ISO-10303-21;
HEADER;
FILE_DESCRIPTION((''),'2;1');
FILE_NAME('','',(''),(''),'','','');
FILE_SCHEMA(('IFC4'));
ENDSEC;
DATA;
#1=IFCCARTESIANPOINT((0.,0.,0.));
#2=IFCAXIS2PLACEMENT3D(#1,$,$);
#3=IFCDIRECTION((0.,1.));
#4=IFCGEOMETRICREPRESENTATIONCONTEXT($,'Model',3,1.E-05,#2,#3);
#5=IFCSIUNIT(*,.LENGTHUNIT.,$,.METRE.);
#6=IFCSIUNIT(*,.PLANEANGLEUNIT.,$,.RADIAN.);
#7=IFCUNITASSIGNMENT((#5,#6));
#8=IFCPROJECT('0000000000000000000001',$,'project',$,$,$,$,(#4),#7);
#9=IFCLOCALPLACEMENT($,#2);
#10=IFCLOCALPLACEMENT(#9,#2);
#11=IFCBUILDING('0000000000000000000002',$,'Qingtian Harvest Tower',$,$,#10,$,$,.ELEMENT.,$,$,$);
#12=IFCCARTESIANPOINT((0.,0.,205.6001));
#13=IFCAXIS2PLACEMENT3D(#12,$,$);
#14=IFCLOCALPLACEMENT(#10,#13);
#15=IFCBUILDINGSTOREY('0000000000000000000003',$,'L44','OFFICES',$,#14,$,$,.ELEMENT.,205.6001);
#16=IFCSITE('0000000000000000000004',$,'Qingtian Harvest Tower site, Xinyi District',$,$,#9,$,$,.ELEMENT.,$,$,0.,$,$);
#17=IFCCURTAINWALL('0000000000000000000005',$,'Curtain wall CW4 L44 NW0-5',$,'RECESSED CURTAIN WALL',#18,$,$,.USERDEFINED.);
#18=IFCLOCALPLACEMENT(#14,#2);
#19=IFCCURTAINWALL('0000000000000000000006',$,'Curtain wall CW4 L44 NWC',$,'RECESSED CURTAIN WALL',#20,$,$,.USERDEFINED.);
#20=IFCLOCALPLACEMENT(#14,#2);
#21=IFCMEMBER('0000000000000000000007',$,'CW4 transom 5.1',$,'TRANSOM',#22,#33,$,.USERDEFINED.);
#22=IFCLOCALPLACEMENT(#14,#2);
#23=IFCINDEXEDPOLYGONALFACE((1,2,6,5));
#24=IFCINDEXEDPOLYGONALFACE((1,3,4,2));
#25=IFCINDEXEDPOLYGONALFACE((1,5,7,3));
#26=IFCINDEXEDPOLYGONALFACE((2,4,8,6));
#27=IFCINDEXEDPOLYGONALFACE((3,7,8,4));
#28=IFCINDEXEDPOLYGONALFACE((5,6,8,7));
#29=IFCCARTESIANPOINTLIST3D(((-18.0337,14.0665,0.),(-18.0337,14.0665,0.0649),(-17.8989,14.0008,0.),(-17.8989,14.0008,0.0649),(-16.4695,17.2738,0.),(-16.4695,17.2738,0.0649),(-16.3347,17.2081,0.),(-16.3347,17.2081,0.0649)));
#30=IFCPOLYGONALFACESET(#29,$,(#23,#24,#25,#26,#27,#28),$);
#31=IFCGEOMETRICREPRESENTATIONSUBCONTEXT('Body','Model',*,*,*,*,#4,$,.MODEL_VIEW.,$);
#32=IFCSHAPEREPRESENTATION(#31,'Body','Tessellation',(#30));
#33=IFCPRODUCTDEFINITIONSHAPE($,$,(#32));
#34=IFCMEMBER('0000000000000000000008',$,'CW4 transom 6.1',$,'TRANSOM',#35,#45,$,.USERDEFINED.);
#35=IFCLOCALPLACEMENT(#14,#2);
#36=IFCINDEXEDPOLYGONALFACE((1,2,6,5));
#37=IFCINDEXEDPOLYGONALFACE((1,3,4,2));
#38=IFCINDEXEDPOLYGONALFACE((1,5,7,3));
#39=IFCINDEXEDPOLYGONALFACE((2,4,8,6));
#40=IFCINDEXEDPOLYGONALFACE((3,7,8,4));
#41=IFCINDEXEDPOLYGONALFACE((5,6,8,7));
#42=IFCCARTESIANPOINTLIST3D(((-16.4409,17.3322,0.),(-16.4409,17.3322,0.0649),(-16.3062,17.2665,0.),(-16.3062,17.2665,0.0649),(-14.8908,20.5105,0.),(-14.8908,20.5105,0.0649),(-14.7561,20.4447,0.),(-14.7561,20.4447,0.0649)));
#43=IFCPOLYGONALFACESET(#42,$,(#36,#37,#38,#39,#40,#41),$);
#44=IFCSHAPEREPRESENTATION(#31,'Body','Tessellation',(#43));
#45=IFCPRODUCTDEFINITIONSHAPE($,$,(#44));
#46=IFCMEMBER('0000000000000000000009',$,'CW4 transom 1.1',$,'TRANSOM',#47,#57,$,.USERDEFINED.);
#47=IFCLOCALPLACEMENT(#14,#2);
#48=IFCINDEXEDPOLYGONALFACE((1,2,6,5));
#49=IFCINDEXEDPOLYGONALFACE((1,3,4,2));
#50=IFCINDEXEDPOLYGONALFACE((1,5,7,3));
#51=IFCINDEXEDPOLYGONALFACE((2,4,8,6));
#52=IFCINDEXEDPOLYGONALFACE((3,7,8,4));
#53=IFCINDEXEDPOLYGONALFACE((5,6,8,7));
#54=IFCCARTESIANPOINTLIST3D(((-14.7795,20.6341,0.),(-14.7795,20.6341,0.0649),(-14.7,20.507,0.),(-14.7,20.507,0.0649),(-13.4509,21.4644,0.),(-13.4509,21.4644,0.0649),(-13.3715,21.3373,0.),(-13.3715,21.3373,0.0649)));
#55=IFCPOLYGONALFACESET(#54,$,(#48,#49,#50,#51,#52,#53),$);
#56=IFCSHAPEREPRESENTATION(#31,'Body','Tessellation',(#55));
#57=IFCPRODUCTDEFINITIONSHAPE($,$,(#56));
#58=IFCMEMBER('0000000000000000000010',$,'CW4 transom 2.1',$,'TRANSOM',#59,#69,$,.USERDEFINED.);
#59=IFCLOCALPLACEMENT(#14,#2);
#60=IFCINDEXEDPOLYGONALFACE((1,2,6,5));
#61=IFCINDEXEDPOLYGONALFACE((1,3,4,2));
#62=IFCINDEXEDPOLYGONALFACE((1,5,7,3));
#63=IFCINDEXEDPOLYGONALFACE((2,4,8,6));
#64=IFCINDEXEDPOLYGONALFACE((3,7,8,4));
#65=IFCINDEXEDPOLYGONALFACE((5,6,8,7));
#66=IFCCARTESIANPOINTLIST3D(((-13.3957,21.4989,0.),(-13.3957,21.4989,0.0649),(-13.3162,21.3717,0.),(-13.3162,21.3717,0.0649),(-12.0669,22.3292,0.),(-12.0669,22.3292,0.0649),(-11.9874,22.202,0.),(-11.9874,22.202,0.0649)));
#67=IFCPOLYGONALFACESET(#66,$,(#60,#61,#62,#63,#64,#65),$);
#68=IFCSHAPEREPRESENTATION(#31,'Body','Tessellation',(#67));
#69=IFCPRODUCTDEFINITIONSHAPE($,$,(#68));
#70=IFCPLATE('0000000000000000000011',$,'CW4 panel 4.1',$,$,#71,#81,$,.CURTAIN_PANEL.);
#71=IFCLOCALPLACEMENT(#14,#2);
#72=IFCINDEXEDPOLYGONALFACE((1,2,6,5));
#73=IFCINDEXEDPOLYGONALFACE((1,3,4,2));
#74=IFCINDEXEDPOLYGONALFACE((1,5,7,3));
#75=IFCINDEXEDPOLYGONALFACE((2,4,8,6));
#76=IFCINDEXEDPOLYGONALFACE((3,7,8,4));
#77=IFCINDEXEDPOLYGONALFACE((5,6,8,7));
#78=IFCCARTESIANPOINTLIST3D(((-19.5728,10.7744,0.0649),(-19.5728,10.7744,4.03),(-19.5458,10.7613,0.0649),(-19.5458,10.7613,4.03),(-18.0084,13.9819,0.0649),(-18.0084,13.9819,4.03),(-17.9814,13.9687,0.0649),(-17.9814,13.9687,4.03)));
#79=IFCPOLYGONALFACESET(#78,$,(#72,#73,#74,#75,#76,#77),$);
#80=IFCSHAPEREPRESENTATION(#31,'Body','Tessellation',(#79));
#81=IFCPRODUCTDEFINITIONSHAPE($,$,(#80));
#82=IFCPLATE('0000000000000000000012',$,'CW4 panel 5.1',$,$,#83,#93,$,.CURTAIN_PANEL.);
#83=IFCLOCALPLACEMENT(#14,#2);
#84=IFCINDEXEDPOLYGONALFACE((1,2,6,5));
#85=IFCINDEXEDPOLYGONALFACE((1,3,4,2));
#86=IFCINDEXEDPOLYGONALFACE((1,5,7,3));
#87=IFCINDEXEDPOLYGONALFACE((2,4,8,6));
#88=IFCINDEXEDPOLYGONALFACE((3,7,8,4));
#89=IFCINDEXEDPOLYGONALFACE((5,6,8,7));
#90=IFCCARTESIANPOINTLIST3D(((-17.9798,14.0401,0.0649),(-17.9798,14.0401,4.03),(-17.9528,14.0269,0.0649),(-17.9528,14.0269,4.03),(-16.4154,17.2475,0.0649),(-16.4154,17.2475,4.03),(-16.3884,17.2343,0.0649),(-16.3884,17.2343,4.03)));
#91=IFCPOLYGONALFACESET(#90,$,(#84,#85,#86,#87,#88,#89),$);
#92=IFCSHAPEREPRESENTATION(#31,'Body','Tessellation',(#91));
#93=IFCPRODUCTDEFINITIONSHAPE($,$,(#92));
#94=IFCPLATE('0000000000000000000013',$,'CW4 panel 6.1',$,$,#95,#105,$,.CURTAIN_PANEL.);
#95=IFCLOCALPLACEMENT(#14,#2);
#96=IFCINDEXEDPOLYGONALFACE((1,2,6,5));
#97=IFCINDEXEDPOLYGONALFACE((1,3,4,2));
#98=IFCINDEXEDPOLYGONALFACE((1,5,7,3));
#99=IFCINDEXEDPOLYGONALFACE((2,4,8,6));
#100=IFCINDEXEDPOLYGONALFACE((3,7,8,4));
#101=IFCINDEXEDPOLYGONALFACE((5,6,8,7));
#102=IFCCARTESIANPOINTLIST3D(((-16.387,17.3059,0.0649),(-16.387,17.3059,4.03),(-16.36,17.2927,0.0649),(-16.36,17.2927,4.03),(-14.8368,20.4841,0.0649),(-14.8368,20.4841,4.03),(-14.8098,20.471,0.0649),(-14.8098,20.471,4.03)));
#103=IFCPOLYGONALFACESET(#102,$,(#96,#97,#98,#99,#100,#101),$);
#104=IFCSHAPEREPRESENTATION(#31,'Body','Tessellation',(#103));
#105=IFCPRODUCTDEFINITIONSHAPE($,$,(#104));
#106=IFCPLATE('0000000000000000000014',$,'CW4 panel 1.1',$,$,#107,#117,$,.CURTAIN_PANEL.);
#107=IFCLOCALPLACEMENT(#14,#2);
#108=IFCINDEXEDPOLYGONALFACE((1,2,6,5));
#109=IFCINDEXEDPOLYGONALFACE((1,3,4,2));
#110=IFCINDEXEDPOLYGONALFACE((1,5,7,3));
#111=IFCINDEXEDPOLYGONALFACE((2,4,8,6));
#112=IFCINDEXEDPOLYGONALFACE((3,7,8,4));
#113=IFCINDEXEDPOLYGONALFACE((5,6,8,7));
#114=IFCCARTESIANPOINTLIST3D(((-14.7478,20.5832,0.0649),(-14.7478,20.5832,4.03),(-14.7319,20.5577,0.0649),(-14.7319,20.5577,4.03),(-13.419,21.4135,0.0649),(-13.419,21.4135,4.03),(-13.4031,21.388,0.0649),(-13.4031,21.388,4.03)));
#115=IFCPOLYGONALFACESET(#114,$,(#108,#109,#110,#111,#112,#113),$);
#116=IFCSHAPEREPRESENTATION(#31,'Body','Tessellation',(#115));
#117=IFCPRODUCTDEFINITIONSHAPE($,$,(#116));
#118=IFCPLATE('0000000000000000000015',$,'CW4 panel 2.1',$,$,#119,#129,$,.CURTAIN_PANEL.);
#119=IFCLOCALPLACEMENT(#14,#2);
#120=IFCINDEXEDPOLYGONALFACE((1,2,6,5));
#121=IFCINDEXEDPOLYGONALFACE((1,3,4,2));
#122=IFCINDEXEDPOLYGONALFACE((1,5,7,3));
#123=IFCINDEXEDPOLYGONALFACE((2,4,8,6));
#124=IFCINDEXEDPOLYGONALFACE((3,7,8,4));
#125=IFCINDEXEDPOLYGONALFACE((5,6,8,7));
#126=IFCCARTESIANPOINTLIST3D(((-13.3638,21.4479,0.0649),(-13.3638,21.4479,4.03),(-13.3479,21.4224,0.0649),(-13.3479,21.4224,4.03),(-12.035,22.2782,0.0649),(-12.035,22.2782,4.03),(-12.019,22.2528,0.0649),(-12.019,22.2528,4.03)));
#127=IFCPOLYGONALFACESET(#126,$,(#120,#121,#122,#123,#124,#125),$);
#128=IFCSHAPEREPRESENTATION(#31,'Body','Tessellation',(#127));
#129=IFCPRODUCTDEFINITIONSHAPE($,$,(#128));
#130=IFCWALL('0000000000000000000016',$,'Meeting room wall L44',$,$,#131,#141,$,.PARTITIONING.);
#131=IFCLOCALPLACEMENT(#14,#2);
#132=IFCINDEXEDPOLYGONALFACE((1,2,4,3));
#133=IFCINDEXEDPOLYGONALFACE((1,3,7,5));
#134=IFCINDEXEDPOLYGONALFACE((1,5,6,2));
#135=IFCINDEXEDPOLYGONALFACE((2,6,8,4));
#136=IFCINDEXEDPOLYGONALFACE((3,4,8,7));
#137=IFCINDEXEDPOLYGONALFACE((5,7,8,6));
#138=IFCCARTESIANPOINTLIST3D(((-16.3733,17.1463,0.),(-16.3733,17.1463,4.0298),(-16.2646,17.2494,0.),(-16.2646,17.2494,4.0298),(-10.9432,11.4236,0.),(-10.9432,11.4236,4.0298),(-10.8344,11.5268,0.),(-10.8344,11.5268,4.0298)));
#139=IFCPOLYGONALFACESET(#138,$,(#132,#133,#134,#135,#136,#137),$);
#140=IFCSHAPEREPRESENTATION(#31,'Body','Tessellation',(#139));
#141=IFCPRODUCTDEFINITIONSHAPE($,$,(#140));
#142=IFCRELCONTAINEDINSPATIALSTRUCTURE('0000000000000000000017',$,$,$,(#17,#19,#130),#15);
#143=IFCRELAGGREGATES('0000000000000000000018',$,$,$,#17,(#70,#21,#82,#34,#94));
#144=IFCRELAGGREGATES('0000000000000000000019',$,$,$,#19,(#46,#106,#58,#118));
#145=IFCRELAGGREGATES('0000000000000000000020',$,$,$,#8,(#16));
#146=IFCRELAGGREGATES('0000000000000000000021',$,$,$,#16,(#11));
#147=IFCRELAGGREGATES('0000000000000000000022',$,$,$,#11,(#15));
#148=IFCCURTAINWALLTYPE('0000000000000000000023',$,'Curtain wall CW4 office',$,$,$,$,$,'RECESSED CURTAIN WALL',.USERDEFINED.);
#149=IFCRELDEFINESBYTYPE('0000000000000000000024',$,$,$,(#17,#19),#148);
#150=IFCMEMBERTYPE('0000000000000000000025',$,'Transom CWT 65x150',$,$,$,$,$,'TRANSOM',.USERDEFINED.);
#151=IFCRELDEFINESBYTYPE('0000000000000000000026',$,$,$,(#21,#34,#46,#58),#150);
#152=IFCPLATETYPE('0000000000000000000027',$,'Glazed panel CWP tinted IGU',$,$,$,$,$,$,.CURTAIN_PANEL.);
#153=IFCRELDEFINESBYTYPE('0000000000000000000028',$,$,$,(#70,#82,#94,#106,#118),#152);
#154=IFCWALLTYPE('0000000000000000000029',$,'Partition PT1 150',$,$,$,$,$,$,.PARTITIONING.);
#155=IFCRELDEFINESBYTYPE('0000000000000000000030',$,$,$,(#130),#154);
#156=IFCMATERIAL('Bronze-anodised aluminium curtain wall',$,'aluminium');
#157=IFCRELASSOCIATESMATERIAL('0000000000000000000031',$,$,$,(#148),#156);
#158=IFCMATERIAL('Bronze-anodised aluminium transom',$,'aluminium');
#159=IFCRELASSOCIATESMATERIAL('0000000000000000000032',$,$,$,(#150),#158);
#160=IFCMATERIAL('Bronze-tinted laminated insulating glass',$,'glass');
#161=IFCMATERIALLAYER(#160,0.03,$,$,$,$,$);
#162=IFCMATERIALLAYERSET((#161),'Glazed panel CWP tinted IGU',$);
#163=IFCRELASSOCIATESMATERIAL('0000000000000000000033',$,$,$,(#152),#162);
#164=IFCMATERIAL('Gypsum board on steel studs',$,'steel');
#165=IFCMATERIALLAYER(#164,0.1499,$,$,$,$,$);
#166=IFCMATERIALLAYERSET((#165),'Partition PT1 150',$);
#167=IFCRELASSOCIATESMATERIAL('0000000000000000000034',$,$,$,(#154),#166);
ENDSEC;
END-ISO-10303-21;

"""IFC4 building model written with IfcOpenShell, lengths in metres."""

from ifc_helpers import new_model, si_unit, direction, frame, frame_2d, origin, origin_2d, place, context, subcontext, project, spatial, rectangle, extrude, material, layer, layer_set, material_profile, profile_set, type_object, element, aggregate, save


model = new_model("IFC4")

# Units and contexts
model_context = context("Model", 3, precision=1e-05, world=origin(), true_north=direction((0.0, 1.0)))
body_context = subcontext(model_context, "Body", "Model", "MODEL_VIEW")
ifc_project = project(units=[si_unit("LENGTHUNIT", "METRE"), si_unit("PLANEANGLEUNIT", "RADIAN")], contexts=[model_context])

# Site, building, storey
site_placement = place(None, origin())
site = spatial("IfcSite", under=ifc_project, at=site_placement, Name="Qingtian Harvest Tower site, Xinyi District", CompositionType="ELEMENT", RefElevation=0.0)
building_placement = place(site_placement, origin())
building = spatial("IfcBuilding", under=site, at=building_placement, Name="Qingtian Harvest Tower", CompositionType="ELEMENT")
storey_placement = place(building_placement, frame((0.0, 0.0, 205.6001)))
storey = spatial("IfcBuildingStorey", under=building, at=storey_placement, Name="L44", Description="OFFICES", CompositionType="ELEMENT", Elevation=205.6001)

# Curtain walls
ifc_material_1 = material(Name="Bronze-anodised aluminium curtain wall", Category="aluminium")
curtain_wall_type = type_object("IfcCurtainWallType", Name="Curtain wall CW4 office", ElementType="RECESSED CURTAIN WALL", PredefinedType="USERDEFINED", material=ifc_material_1)
curtain_wall_1_placement = place(storey_placement, origin())
curtain_wall_1 = element("IfcCurtainWall", 1, at=curtain_wall_1_placement, inside=storey, type_object=curtain_wall_type, Name="Curtain wall CW4 L44 NW0-5", ObjectType="RECESSED CURTAIN WALL", PredefinedType="USERDEFINED")
curtain_wall_2_placement = place(storey_placement, origin())
curtain_wall_2 = element("IfcCurtainWall", 2, at=curtain_wall_2_placement, inside=storey, type_object=curtain_wall_type, Name="Curtain wall CW4 L44 NWC", ObjectType="RECESSED CURTAIN WALL", PredefinedType="USERDEFINED")

# Members
ifc_material_2 = material(Name="Bronze-anodised aluminium transom", Category="aluminium")
ifc_material_profile_1 = material_profile(ifc_material_2, rectangle(XDim=0.1499, YDim=0.0649, at=origin_2d()), Name="AL 65x150")
ifc_profile_set_1 = profile_set([ifc_material_profile_1], Name="Bronze-anodised aluminium transom")
member_type_1 = type_object("IfcMemberType", Name="Transom CWT 65x150", ElementType="TRANSOM", PredefinedType="USERDEFINED", material=ifc_profile_set_1)
member_1_placement = place(storey_placement, frame((-17.9663, 14.0337, 0.0325), z_axis=(0.438352, 0.898803, 0.0), x_axis=(-0.898803, 0.438352, 0.0)))
member_1 = element("IfcMember", 3, at=member_1_placement, type_object=member_type_1, Name="CW4 transom 5.1", ObjectType="TRANSOM", PredefinedType="USERDEFINED", context=body_context, shape_type="SweptSolid", body=[
    extrude(rectangle(XDim=0.1499, YDim=0.0649, at=origin_2d()), origin(), (0.0, 0.0, 1.0), 3.5684),
])
member_2_placement = place(storey_placement, frame((-16.3735, 17.2993, 0.0325), z_axis=(0.438354, 0.898802, 0.0), x_axis=(-0.898802, 0.438354, 0.0)))
member_2 = element("IfcMember", 4, at=member_2_placement, type_object=member_type_1, Name="CW4 transom 6.1", ObjectType="TRANSOM", PredefinedType="USERDEFINED", context=body_context, shape_type="SweptSolid", body=[
    extrude(rectangle(XDim=0.1499, YDim=0.0649, at=origin_2d()), origin(), (0.0, 0.0, 1.0), 3.5361),
])
member_3_placement = place(storey_placement, frame((-14.7397, 20.5706, 0.0325), z_axis=(0.848016, 0.529971, 0.0), x_axis=(-0.529971, 0.848016, 0.0)))
member_3 = element("IfcMember", 5, at=member_3_placement, type_object=member_type_1, Name="CW4 transom 1.1", ObjectType="TRANSOM", PredefinedType="USERDEFINED", context=body_context, shape_type="SweptSolid", body=[
    extrude(rectangle(XDim=0.1499, YDim=0.0649, at=origin_2d()), origin(), (0.0, 0.0, 1.0), 1.5667),
])
member_4_placement = place(storey_placement, frame((-13.356, 21.4353, 0.0325), z_axis=(0.84806, 0.529901, 0.0), x_axis=(-0.529901, 0.84806, 0.0)))
member_4 = element("IfcMember", 6, at=member_4_placement, type_object=member_type_1, Name="CW4 transom 2.1", ObjectType="TRANSOM", PredefinedType="USERDEFINED", context=body_context, shape_type="SweptSolid", body=[
    extrude(rectangle(XDim=0.1499, YDim=0.0649, at=origin_2d()), origin(), (0.0, 0.0, 1.0), 1.5669),
])

# Plates
ifc_material_3 = material(Name="Bronze-tinted laminated insulating glass", Category="glass")
ifc_layer_1 = layer(ifc_material_3, 0.03)
ifc_layer_set_1 = layer_set([ifc_layer_1], Name="Glazed panel CWP tinted IGU")
plate_type = type_object("IfcPlateType", Name="Glazed panel CWP tinted IGU", PredefinedType="CURTAIN_PANEL", material=ifc_layer_set_1)
plate_1_placement = place(storey_placement, frame((-18.7771, 12.3716, 0.0649), z_axis=(0.0, 0.0, 1.0), x_axis=(0.438371, 0.898794, 0.0)))
plate_1 = element("IfcPlate", 7, at=plate_1_placement, type_object=plate_type, Name="CW4 panel 4.1", PredefinedType="CURTAIN_PANEL", context=body_context, shape_type="SweptSolid", body=[
    extrude(rectangle(XDim=3.5686, YDim=0.03, at=origin_2d()), origin(), (0.0, 0.0, 1.0), 3.9651),
])
plate_2_placement = place(storey_placement, frame((-17.1841, 15.6372, 0.0649), z_axis=(0.0, 0.0, 1.0), x_axis=(0.438371, 0.898794, 0.0)))
plate_2 = element("IfcPlate", 8, at=plate_2_placement, type_object=plate_type, Name="CW4 panel 5.1", PredefinedType="CURTAIN_PANEL", context=body_context, shape_type="SweptSolid", body=[
    extrude(rectangle(XDim=3.5686, YDim=0.03, at=origin_2d()), origin(), (0.0, 0.0, 1.0), 3.9651),
])
plate_3_placement = place(storey_placement, frame((-15.5984, 18.8884, 0.0649), z_axis=(0.0, 0.0, 1.0), x_axis=(0.438371, 0.898794, 0.0)))
plate_3 = element("IfcPlate", 9, at=plate_3_placement, type_object=plate_type, Name="CW4 panel 6.1", PredefinedType="CURTAIN_PANEL", context=body_context, shape_type="SweptSolid", body=[
    extrude(rectangle(XDim=3.5361, YDim=0.03, at=origin_2d()), origin(), (0.0, 0.0, 1.0), 3.9651),
])
aggregate(curtain_wall_1, [plate_1, member_1, plate_2, member_2, plate_3])
plate_4_placement = place(storey_placement, frame((-14.0754, 20.9856, 0.0649), z_axis=(0.0, 0.0, 1.0), x_axis=(0.848048, 0.529919, 0.0)))
plate_4 = element("IfcPlate", 10, at=plate_4_placement, type_object=plate_type, Name="CW4 panel 1.1", PredefinedType="CURTAIN_PANEL", context=body_context, shape_type="SweptSolid", body=[
    extrude(rectangle(XDim=1.5669, YDim=0.03, at=origin_2d()), origin(), (0.0, 0.0, 1.0), 3.9651),
])
plate_5_placement = place(storey_placement, frame((-12.6914, 21.8503, 0.0649), z_axis=(0.0, 0.0, 1.0), x_axis=(0.848048, 0.529919, 0.0)))
plate_5 = element("IfcPlate", 11, at=plate_5_placement, type_object=plate_type, Name="CW4 panel 2.1", PredefinedType="CURTAIN_PANEL", context=body_context, shape_type="SweptSolid", body=[
    extrude(rectangle(XDim=1.5669, YDim=0.03, at=origin_2d()), origin(), (0.0, 0.0, 1.0), 3.9651),
])
aggregate(curtain_wall_2, [member_3, plate_4, member_4, plate_5])

# Wall
ifc_material_4 = material(Name="Gypsum board on steel studs", Category="steel")
ifc_layer_2 = layer(ifc_material_4, 0.1499)
ifc_layer_set_2 = layer_set([ifc_layer_2], Name="Partition PT1 150")
wall_type = type_object("IfcWallType", Name="Partition PT1 150", PredefinedType="PARTITIONING", material=ifc_layer_set_2)
wall_placement = place(storey_placement, frame((-16.3188, 17.1978, 0.0), z_axis=(0.0, 0.0, 1.0), x_axis=(0.688326, -0.725401, 0.0)))
element("IfcWall", 12, at=wall_placement, inside=storey, type_object=wall_type, Name="Meeting room wall L44", PredefinedType="PARTITIONING", context=body_context, shape_type="SweptSolid", body=[
    extrude(rectangle(XDim=7.8889, YDim=0.1499, at=frame_2d((3.9443, 0.0))), origin(), (0.0, 0.0, 1.0), 4.0298),
])

save(model, "model.ifc")
